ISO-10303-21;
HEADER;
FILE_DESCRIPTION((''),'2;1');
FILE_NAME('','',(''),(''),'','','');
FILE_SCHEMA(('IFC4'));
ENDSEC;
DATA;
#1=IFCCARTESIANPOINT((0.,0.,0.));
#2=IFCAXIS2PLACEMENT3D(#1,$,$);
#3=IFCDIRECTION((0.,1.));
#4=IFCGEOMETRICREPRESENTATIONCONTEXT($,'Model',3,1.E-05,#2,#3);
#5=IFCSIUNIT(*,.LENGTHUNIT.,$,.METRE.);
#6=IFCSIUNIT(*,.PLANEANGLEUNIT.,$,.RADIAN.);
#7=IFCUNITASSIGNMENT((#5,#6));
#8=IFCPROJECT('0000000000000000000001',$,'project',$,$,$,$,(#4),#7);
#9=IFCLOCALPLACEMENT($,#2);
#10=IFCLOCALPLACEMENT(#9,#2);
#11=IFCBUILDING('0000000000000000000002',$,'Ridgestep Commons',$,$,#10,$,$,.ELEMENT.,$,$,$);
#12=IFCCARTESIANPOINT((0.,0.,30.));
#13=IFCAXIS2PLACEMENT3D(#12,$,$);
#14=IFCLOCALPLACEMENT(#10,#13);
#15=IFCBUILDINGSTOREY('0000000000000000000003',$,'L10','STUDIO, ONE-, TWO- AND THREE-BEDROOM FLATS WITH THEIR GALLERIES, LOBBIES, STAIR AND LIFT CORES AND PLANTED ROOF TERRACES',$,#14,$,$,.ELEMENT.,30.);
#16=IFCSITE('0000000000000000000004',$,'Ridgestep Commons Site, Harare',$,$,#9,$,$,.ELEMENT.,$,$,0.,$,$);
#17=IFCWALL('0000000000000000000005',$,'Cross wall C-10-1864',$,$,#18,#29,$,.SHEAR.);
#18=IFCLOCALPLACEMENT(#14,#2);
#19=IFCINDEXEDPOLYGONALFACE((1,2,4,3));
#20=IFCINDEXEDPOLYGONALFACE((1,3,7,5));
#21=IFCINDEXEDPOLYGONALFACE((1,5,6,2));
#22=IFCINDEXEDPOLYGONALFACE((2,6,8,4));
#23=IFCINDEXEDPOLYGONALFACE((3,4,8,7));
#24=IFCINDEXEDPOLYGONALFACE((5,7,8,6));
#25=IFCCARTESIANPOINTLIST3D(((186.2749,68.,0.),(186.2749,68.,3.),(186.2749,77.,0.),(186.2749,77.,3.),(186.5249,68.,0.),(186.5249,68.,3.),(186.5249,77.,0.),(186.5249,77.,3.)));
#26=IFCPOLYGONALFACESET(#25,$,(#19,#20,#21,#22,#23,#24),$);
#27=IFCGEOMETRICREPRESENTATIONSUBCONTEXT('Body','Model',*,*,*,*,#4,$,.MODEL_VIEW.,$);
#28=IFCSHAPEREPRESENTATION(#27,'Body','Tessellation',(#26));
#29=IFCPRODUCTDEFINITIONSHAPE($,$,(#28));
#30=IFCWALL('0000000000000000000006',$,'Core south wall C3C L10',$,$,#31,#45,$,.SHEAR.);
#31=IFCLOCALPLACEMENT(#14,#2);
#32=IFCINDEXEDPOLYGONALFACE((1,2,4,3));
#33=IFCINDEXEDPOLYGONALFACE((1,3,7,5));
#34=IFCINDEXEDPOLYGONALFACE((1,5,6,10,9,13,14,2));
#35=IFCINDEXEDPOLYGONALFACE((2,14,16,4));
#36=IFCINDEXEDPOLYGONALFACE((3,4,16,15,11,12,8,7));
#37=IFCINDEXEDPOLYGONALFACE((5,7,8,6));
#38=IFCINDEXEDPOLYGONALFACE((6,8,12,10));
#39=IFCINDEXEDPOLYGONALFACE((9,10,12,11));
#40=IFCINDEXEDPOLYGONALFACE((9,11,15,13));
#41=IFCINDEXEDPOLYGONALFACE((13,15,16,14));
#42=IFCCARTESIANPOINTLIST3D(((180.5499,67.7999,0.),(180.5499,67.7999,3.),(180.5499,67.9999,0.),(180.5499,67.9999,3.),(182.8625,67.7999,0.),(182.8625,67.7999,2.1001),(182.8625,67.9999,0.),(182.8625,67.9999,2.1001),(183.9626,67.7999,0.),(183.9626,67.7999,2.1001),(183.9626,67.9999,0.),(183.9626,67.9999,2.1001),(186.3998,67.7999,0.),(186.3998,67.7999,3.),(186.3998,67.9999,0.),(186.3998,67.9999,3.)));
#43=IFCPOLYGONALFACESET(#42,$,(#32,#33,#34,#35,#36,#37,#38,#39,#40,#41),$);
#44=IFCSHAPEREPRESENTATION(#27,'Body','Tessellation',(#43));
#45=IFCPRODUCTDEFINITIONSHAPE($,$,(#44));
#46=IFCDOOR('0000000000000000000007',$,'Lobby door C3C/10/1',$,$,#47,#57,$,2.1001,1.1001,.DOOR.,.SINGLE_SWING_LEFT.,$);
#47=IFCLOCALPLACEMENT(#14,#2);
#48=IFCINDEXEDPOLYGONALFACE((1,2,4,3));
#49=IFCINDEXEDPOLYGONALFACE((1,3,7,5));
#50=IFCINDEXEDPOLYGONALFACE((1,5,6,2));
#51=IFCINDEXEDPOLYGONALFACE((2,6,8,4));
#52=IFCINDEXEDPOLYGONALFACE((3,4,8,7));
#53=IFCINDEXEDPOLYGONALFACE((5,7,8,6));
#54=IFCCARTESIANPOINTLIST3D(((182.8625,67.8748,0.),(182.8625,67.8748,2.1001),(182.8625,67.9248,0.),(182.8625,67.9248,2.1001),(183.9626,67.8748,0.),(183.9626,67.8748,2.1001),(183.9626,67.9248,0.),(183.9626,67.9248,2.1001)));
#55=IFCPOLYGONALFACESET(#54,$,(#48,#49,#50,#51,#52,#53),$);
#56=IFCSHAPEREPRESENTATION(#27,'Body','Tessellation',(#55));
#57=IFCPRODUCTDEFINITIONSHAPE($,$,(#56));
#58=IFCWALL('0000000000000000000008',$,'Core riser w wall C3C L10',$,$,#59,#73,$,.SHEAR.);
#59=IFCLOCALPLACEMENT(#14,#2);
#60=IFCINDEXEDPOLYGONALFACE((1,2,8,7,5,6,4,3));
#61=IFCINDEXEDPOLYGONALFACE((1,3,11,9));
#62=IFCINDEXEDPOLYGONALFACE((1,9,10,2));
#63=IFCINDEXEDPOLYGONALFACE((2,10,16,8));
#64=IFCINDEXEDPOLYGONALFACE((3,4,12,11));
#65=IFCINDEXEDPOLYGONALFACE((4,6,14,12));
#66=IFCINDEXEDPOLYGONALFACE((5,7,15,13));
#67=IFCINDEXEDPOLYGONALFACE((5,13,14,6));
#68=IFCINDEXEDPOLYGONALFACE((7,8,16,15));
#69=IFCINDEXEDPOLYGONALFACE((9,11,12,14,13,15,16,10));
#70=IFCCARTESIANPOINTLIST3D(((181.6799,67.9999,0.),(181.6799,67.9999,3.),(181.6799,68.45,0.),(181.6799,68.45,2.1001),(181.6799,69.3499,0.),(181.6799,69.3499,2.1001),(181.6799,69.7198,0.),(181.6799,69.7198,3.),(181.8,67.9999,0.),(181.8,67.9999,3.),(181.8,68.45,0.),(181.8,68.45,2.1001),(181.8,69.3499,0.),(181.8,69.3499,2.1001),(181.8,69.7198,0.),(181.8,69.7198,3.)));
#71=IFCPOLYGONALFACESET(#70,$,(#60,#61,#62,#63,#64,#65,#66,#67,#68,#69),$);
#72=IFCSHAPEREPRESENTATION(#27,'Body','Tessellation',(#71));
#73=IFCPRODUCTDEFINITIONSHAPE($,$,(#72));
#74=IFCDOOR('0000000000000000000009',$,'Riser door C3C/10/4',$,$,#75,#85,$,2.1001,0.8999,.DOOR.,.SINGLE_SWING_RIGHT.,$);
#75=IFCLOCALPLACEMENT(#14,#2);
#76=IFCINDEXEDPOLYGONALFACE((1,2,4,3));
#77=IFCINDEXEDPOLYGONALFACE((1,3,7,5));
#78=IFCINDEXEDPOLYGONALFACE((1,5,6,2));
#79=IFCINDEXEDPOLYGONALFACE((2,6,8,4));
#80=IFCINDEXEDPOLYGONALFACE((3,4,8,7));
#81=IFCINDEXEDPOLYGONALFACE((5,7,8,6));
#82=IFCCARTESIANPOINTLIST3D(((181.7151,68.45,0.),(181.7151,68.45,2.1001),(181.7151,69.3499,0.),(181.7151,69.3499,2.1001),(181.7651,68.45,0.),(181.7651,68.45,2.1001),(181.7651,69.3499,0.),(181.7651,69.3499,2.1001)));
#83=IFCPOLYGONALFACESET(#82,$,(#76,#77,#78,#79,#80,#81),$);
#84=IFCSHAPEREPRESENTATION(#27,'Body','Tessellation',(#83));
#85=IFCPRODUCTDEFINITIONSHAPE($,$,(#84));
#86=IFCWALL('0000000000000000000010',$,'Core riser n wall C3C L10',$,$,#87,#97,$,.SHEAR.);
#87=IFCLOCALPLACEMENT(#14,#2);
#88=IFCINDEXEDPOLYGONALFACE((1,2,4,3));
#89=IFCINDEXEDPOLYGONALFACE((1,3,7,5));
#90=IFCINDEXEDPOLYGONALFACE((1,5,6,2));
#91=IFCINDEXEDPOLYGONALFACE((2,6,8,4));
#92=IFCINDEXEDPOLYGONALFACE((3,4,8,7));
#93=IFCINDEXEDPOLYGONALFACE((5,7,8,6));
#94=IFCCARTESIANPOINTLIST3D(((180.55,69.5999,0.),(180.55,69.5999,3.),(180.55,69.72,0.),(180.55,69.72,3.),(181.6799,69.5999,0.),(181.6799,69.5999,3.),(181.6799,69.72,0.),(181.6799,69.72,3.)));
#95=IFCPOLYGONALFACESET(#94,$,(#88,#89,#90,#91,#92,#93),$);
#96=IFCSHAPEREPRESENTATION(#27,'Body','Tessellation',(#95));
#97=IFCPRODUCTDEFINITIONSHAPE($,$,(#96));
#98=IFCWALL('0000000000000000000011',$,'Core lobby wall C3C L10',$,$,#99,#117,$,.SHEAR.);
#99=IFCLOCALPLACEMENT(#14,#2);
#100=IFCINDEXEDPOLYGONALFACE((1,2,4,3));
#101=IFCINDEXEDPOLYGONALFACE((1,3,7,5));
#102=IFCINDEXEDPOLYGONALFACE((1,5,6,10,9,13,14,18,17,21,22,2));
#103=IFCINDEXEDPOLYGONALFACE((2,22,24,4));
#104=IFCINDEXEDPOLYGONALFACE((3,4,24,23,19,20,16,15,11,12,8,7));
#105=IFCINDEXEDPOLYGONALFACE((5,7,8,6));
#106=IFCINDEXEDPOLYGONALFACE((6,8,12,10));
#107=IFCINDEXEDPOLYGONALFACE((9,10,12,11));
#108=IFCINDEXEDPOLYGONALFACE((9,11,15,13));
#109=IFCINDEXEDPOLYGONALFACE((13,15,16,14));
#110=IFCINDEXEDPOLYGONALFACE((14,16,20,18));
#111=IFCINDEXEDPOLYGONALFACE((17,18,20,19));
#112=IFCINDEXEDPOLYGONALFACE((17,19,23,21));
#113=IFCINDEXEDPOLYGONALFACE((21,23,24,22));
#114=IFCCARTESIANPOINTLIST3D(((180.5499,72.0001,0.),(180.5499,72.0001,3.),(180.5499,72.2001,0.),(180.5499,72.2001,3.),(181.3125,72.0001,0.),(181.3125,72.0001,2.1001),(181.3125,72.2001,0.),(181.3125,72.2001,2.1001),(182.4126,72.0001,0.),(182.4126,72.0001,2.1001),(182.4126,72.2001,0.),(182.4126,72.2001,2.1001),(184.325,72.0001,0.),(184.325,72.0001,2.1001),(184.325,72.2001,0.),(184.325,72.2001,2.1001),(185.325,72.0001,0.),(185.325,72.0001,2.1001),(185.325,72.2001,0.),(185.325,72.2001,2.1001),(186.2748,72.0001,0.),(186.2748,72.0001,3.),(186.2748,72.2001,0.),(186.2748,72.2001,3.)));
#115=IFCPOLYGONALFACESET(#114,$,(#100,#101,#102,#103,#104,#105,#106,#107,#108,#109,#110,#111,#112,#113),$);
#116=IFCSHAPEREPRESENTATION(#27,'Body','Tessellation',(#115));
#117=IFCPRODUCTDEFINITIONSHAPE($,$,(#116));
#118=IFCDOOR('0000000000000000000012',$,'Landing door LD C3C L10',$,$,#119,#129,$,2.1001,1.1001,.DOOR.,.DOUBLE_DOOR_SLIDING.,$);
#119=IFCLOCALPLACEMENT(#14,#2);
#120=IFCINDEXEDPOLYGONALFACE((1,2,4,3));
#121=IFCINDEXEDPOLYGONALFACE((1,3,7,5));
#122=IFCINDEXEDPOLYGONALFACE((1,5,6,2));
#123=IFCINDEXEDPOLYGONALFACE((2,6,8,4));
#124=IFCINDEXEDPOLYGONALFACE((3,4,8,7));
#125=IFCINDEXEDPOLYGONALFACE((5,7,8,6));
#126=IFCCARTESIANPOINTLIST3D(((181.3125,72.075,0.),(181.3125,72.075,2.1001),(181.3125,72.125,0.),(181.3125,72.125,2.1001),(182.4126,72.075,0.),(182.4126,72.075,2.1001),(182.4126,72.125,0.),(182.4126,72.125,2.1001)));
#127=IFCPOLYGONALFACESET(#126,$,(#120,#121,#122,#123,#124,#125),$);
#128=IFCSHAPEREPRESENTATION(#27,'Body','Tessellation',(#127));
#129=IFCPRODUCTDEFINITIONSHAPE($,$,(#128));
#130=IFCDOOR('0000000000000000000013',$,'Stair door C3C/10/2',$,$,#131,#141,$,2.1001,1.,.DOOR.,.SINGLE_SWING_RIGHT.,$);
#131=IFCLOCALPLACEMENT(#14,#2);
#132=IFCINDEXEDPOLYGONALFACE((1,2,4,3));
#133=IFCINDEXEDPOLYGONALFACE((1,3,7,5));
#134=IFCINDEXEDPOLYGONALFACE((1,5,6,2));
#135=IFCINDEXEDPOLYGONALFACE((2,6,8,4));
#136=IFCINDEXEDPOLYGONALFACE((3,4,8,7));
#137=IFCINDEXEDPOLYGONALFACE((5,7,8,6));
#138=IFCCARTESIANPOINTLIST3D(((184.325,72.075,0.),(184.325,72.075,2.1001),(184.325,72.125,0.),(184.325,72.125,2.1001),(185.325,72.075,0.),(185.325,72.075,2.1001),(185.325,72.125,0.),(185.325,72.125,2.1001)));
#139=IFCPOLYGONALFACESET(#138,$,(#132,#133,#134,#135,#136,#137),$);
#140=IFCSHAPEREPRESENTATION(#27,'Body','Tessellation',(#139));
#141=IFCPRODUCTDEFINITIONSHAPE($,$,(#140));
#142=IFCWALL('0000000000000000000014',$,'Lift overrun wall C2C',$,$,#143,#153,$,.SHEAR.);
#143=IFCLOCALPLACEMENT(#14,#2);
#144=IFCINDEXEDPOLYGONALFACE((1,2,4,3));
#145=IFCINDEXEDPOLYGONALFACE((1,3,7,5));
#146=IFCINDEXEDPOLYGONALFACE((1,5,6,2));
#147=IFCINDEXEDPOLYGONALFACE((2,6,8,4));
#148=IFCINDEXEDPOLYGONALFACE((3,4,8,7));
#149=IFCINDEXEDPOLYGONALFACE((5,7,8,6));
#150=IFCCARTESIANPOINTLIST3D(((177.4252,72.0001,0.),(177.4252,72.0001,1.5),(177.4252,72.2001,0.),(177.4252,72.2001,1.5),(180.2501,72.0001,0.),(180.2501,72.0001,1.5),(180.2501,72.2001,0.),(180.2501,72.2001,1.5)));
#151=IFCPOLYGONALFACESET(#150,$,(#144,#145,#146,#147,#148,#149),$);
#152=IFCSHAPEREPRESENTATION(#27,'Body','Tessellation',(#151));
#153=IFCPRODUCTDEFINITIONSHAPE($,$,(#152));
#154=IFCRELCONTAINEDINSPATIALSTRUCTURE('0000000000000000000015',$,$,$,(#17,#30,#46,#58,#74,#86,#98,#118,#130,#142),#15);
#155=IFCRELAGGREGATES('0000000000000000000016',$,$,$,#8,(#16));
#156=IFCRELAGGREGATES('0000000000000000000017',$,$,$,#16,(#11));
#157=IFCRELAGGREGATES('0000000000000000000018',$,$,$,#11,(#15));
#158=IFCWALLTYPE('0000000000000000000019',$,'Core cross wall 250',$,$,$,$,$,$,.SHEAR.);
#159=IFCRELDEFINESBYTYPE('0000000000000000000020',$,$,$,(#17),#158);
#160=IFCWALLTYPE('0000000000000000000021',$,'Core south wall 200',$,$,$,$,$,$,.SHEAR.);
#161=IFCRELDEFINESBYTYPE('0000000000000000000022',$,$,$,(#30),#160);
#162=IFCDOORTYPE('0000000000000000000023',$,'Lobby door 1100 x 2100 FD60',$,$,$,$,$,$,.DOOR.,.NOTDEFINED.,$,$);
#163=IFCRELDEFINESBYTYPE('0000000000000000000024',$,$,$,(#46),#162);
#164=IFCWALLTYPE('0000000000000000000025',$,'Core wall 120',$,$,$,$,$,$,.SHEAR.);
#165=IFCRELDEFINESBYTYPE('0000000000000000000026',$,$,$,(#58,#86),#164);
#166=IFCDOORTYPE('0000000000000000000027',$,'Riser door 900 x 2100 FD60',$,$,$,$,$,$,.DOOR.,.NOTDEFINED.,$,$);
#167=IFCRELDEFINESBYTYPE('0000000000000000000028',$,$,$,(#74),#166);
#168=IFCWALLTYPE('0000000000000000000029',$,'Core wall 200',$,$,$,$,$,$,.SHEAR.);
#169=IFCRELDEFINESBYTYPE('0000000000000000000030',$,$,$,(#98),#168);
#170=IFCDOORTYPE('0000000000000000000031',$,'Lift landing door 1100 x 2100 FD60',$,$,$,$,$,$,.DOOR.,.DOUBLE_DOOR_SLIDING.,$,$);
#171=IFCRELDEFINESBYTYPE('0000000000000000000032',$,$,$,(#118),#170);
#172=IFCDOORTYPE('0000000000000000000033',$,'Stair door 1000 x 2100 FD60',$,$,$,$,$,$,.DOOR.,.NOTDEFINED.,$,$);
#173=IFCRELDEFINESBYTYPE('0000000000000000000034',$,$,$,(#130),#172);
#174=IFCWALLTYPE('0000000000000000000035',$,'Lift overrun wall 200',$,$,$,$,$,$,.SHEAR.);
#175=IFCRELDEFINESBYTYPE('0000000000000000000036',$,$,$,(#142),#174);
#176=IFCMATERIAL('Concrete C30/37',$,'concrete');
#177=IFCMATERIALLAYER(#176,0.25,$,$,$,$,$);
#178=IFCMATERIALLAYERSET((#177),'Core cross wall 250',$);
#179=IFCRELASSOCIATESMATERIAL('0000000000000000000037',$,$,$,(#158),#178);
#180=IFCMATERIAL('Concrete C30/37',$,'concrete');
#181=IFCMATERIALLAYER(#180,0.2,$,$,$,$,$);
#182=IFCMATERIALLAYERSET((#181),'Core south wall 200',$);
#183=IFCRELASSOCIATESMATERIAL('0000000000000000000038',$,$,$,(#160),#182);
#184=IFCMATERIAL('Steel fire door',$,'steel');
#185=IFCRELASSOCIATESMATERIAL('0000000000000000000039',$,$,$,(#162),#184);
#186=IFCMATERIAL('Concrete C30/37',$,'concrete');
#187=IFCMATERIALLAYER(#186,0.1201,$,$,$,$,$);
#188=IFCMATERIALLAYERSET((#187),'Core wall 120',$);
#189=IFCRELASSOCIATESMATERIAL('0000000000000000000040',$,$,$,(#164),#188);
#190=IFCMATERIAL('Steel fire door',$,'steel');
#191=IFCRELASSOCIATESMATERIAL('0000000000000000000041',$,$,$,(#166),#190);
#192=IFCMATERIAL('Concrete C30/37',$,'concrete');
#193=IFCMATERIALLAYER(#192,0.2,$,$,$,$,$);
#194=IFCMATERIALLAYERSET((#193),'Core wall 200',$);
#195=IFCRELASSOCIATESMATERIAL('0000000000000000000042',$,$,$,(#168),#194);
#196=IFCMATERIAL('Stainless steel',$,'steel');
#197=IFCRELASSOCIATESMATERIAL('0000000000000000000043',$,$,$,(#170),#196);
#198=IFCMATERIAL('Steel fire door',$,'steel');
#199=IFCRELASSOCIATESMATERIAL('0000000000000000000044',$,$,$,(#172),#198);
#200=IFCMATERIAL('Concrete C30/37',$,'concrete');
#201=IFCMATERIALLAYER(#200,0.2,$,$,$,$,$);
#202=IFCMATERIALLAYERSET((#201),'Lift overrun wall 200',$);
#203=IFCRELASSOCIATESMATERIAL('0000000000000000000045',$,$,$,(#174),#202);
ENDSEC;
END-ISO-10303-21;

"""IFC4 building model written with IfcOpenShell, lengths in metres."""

from ifc_helpers import new_model, si_unit, direction, frame, frame_2d, origin, place, context, subcontext, project, spatial, rectangle, extrude, material, layer, layer_set, type_object, element, fill, save


model = new_model("IFC4")

# Units and contexts
model_context = context("Model", 3, precision=1e-05, world=origin(), true_north=direction((0.0, 1.0)))
body_context = subcontext(model_context, "Body", "Model", "MODEL_VIEW")
ifc_project = project(units=[si_unit("LENGTHUNIT", "METRE"), si_unit("PLANEANGLEUNIT", "RADIAN")], contexts=[model_context])

# Site, building, storey
site_placement = place(None, origin())
site = spatial("IfcSite", under=ifc_project, at=site_placement, Name="Ridgestep Commons Site, Harare", CompositionType="ELEMENT", RefElevation=0.0)
building_placement = place(site_placement, origin())
building = spatial("IfcBuilding", under=site, at=building_placement, Name="Ridgestep Commons", CompositionType="ELEMENT")
storey_placement = place(building_placement, frame((0.0, 0.0, 30.0)))
storey = spatial("IfcBuildingStorey", under=building, at=storey_placement, Name="L10", Description="STUDIO, ONE-, TWO- AND THREE-BEDROOM FLATS WITH THEIR GALLERIES, LOBBIES, STAIR AND LIFT CORES AND PLANTED ROOF TERRACES", CompositionType="ELEMENT", Elevation=30.0)

# Wall
ifc_material_1 = material(Name="Concrete C30/37", Category="concrete")
ifc_layer_1 = layer(ifc_material_1, 0.25)
ifc_layer_set_1 = layer_set([ifc_layer_1], Name="Core cross wall 250")
wall_type_1 = type_object("IfcWallType", Name="Core cross wall 250", PredefinedType="SHEAR", material=ifc_layer_set_1)
wall_1_placement = place(storey_placement, frame((186.3999, 68.0, 0.0), z_axis=(0.0, 0.0, 1.0), x_axis=(0.0, 1.0, 0.0)))
element("IfcWall", 1, at=wall_1_placement, inside=storey, type_object=wall_type_1, Name="Cross wall C-10-1864", PredefinedType="SHEAR", context=body_context, shape_type="SweptSolid", body=[
    extrude(rectangle(XDim=9.0, YDim=0.25, at=frame_2d((4.5, 0.0))), origin(), (0.0, 0.0, 1.0), 3.0),
])

# Walls, openings, doors
ifc_material_2 = material(Name="Concrete C30/37", Category="concrete")
ifc_layer_2 = layer(ifc_material_2, 0.2)
ifc_layer_set_2 = layer_set([ifc_layer_2], Name="Core south wall 200")
wall_type_2 = type_object("IfcWallType", Name="Core south wall 200", PredefinedType="SHEAR", material=ifc_layer_set_2)
wall_2_placement = place(storey_placement, frame((180.55, 67.8999, 0.0), z_axis=(0.0, 0.0, 1.0), x_axis=(1.0, 0.0, 0.0)))
wall_2 = element("IfcWall", 2, at=wall_2_placement, inside=storey, type_object=wall_type_2, Name="Core south wall C3C L10", PredefinedType="SHEAR", context=body_context, shape_type="SweptSolid", body=[
    extrude(rectangle(XDim=5.8499, YDim=0.2, at=frame_2d((2.9248, 0.0))), origin(), (0.0, 0.0, 1.0), 3.0),
])
opening_1_placement = place(wall_2_placement, frame((2.3125, 0.0, 0.0)))
opening_1 = element("IfcOpeningElement", 3, at=opening_1_placement, cuts=wall_2, PredefinedType="OPENING", context=body_context, shape_type="SweptSolid", body=[
    extrude(rectangle(XDim=1.1001, YDim=2.1001, at=frame_2d((0.55, 1.05))), frame((0.0, 0.1099, 0.0), z_axis=(0.0, -1.0, 0.0), x_axis=(1.0, 0.0, 0.0)), (0.0, 0.0, 1.0), 0.22),
])
ifc_material_3 = material(Name="Steel fire door", Category="steel")
door_type_1 = type_object("IfcDoorType", Name="Lobby door 1100 x 2100 FD60", OperationType="NOTDEFINED", PredefinedType="DOOR", material=ifc_material_3)
door_1_placement = place(opening_1_placement, origin())
door_1 = element("IfcDoor", 4, at=door_1_placement, inside=storey, type_object=door_type_1, Name="Lobby door C3C/10/1", OperationType="SINGLE_SWING_LEFT", OverallHeight=2.1001, OverallWidth=1.1001, PredefinedType="DOOR", context=body_context, shape_type="SweptSolid", body=[
    extrude(rectangle(XDim=1.1001, YDim=2.1001, at=frame_2d((0.55, 1.05))), frame((0.0, 0.0249, 0.0), z_axis=(0.0, -1.0, 0.0), x_axis=(1.0, 0.0, 0.0)), (0.0, 0.0, 1.0), 0.05),
])
fill(opening_1, door_1)
ifc_material_4 = material(Name="Concrete C30/37", Category="concrete")
ifc_layer_3 = layer(ifc_material_4, 0.1201)
ifc_layer_set_3 = layer_set([ifc_layer_3], Name="Core wall 120")
wall_type_3 = type_object("IfcWallType", Name="Core wall 120", PredefinedType="SHEAR", material=ifc_layer_set_3)
wall_3_placement = place(storey_placement, frame((181.74, 68.0, 0.0), z_axis=(0.0, 0.0, 1.0), x_axis=(0.0, 1.0, 0.0)))
wall_3 = element("IfcWall", 5, at=wall_3_placement, inside=storey, type_object=wall_type_3, Name="Core riser w wall C3C L10", PredefinedType="SHEAR", context=body_context, shape_type="SweptSolid", body=[
    extrude(rectangle(XDim=1.72, YDim=0.1201, at=frame_2d((0.8599, 0.0))), origin(), (0.0, 0.0, 1.0), 3.0),
])
opening_2_placement = place(wall_3_placement, frame((0.45, 0.0, 0.0)))
opening_2 = element("IfcOpeningElement", 6, at=opening_2_placement, cuts=wall_3, PredefinedType="OPENING", context=body_context, shape_type="SweptSolid", body=[
    extrude(rectangle(XDim=0.8999, YDim=2.1001, at=frame_2d((0.45, 1.05))), frame((0.0, 0.0701, 0.0), z_axis=(0.0, -1.0, 0.0), x_axis=(1.0, 0.0, 0.0)), (0.0, 0.0, 1.0), 0.1401),
])
ifc_material_5 = material(Name="Steel fire door", Category="steel")
door_type_2 = type_object("IfcDoorType", Name="Riser door 900 x 2100 FD60", OperationType="NOTDEFINED", PredefinedType="DOOR", material=ifc_material_5)
door_2_placement = place(opening_2_placement, origin())
door_2 = element("IfcDoor", 7, at=door_2_placement, inside=storey, type_object=door_type_2, Name="Riser door C3C/10/4", OperationType="SINGLE_SWING_RIGHT", OverallHeight=2.1001, OverallWidth=0.8999, PredefinedType="DOOR", context=body_context, shape_type="SweptSolid", body=[
    extrude(rectangle(XDim=0.8999, YDim=2.1001, at=frame_2d((0.45, 1.05))), frame((0.0, 0.0249, 0.0), z_axis=(0.0, -1.0, 0.0), x_axis=(1.0, 0.0, 0.0)), (0.0, 0.0, 1.0), 0.05),
])
fill(opening_2, door_2)

# Wall
wall_4_placement = place(storey_placement, frame((180.55, 69.6599, 0.0), z_axis=(0.0, 0.0, 1.0), x_axis=(1.0, 0.0, 0.0)))
element("IfcWall", 8, at=wall_4_placement, inside=storey, type_object=wall_type_3, Name="Core riser n wall C3C L10", PredefinedType="SHEAR", context=body_context, shape_type="SweptSolid", body=[
    extrude(rectangle(XDim=1.1299, YDim=0.1201, at=frame_2d((0.5649, 0.0))), origin(), (0.0, 0.0, 1.0), 3.0),
])

# Wall, openings, doors
ifc_material_6 = material(Name="Concrete C30/37", Category="concrete")
ifc_layer_4 = layer(ifc_material_6, 0.2)
ifc_layer_set_4 = layer_set([ifc_layer_4], Name="Core wall 200")
wall_type_4 = type_object("IfcWallType", Name="Core wall 200", PredefinedType="SHEAR", material=ifc_layer_set_4)
wall_5_placement = place(storey_placement, frame((180.55, 72.1001, 0.0), z_axis=(0.0, 0.0, 1.0), x_axis=(1.0, 0.0, 0.0)))
wall_5 = element("IfcWall", 9, at=wall_5_placement, inside=storey, type_object=wall_type_4, Name="Core lobby wall C3C L10", PredefinedType="SHEAR", context=body_context, shape_type="SweptSolid", body=[
    extrude(rectangle(XDim=5.7249, YDim=0.2, at=frame_2d((2.8623, 0.0))), origin(), (0.0, 0.0, 1.0), 3.0),
])
opening_3_placement = place(wall_5_placement, frame((3.7749, 0.0, 0.0)))
opening_3 = element("IfcOpeningElement", 10, at=opening_3_placement, cuts=wall_5, PredefinedType="OPENING", context=body_context, shape_type="SweptSolid", body=[
    extrude(rectangle(XDim=1.0, YDim=2.1001, at=frame_2d((0.5, 1.05))), frame((0.0, 0.1099, 0.0), z_axis=(0.0, -1.0, 0.0), x_axis=(1.0, 0.0, 0.0)), (0.0, 0.0, 1.0), 0.22),
])
opening_4_placement = place(wall_5_placement, frame((0.7625, 0.0, 0.0)))
opening_4 = element("IfcOpeningElement", 11, at=opening_4_placement, cuts=wall_5, PredefinedType="OPENING", context=body_context, shape_type="SweptSolid", body=[
    extrude(rectangle(XDim=1.1001, YDim=2.1001, at=frame_2d((0.55, 1.05))), frame((0.0, 0.1099, 0.0), z_axis=(0.0, -1.0, 0.0), x_axis=(1.0, 0.0, 0.0)), (0.0, 0.0, 1.0), 0.22),
])
ifc_material_7 = material(Name="Stainless steel", Category="steel")
door_type_3 = type_object("IfcDoorType", Name="Lift landing door 1100 x 2100 FD60", OperationType="DOUBLE_DOOR_SLIDING", PredefinedType="DOOR", material=ifc_material_7)
door_3_placement = place(opening_4_placement, origin())
door_3 = element("IfcDoor", 12, at=door_3_placement, inside=storey, type_object=door_type_3, Name="Landing door LD C3C L10", OperationType="DOUBLE_DOOR_SLIDING", OverallHeight=2.1001, OverallWidth=1.1001, PredefinedType="DOOR", context=body_context, shape_type="SweptSolid", body=[
    extrude(rectangle(XDim=1.1001, YDim=2.1001, at=frame_2d((0.55, 1.05))), frame((0.0, 0.0249, 0.0), z_axis=(0.0, -1.0, 0.0), x_axis=(1.0, 0.0, 0.0)), (0.0, 0.0, 1.0), 0.05),
])
fill(opening_4, door_3)
ifc_material_8 = material(Name="Steel fire door", Category="steel")
door_type_4 = type_object("IfcDoorType", Name="Stair door 1000 x 2100 FD60", OperationType="NOTDEFINED", PredefinedType="DOOR", material=ifc_material_8)
door_4_placement = place(opening_3_placement, origin())
door_4 = element("IfcDoor", 13, at=door_4_placement, inside=storey, type_object=door_type_4, Name="Stair door C3C/10/2", OperationType="SINGLE_SWING_RIGHT", OverallHeight=2.1001, OverallWidth=1.0, PredefinedType="DOOR", context=body_context, shape_type="SweptSolid", body=[
    extrude(rectangle(XDim=1.0, YDim=2.1001, at=frame_2d((0.5, 1.05))), frame((0.0, 0.0249, 0.0), z_axis=(0.0, -1.0, 0.0), x_axis=(1.0, 0.0, 0.0)), (0.0, 0.0, 1.0), 0.05),
])
fill(opening_3, door_4)

# Wall
ifc_material_9 = material(Name="Concrete C30/37", Category="concrete")
ifc_layer_5 = layer(ifc_material_9, 0.2)
ifc_layer_set_5 = layer_set([ifc_layer_5], Name="Lift overrun wall 200")
wall_type_5 = type_object("IfcWallType", Name="Lift overrun wall 200", PredefinedType="SHEAR", material=ifc_layer_set_5)
wall_6_placement = place(storey_placement, frame((177.425, 72.1001, 0.0), z_axis=(0.0, 0.0, 1.0), x_axis=(1.0, 0.0, 0.0)))
element("IfcWall", 14, at=wall_6_placement, inside=storey, type_object=wall_type_5, Name="Lift overrun wall C2C", PredefinedType="SHEAR", context=body_context, shape_type="SweptSolid", body=[
    extrude(rectangle(XDim=2.825, YDim=0.2, at=frame_2d((1.4126, 0.0))), origin(), (0.0, 0.0, 1.0), 1.5),
])

save(model, "model.ifc")
